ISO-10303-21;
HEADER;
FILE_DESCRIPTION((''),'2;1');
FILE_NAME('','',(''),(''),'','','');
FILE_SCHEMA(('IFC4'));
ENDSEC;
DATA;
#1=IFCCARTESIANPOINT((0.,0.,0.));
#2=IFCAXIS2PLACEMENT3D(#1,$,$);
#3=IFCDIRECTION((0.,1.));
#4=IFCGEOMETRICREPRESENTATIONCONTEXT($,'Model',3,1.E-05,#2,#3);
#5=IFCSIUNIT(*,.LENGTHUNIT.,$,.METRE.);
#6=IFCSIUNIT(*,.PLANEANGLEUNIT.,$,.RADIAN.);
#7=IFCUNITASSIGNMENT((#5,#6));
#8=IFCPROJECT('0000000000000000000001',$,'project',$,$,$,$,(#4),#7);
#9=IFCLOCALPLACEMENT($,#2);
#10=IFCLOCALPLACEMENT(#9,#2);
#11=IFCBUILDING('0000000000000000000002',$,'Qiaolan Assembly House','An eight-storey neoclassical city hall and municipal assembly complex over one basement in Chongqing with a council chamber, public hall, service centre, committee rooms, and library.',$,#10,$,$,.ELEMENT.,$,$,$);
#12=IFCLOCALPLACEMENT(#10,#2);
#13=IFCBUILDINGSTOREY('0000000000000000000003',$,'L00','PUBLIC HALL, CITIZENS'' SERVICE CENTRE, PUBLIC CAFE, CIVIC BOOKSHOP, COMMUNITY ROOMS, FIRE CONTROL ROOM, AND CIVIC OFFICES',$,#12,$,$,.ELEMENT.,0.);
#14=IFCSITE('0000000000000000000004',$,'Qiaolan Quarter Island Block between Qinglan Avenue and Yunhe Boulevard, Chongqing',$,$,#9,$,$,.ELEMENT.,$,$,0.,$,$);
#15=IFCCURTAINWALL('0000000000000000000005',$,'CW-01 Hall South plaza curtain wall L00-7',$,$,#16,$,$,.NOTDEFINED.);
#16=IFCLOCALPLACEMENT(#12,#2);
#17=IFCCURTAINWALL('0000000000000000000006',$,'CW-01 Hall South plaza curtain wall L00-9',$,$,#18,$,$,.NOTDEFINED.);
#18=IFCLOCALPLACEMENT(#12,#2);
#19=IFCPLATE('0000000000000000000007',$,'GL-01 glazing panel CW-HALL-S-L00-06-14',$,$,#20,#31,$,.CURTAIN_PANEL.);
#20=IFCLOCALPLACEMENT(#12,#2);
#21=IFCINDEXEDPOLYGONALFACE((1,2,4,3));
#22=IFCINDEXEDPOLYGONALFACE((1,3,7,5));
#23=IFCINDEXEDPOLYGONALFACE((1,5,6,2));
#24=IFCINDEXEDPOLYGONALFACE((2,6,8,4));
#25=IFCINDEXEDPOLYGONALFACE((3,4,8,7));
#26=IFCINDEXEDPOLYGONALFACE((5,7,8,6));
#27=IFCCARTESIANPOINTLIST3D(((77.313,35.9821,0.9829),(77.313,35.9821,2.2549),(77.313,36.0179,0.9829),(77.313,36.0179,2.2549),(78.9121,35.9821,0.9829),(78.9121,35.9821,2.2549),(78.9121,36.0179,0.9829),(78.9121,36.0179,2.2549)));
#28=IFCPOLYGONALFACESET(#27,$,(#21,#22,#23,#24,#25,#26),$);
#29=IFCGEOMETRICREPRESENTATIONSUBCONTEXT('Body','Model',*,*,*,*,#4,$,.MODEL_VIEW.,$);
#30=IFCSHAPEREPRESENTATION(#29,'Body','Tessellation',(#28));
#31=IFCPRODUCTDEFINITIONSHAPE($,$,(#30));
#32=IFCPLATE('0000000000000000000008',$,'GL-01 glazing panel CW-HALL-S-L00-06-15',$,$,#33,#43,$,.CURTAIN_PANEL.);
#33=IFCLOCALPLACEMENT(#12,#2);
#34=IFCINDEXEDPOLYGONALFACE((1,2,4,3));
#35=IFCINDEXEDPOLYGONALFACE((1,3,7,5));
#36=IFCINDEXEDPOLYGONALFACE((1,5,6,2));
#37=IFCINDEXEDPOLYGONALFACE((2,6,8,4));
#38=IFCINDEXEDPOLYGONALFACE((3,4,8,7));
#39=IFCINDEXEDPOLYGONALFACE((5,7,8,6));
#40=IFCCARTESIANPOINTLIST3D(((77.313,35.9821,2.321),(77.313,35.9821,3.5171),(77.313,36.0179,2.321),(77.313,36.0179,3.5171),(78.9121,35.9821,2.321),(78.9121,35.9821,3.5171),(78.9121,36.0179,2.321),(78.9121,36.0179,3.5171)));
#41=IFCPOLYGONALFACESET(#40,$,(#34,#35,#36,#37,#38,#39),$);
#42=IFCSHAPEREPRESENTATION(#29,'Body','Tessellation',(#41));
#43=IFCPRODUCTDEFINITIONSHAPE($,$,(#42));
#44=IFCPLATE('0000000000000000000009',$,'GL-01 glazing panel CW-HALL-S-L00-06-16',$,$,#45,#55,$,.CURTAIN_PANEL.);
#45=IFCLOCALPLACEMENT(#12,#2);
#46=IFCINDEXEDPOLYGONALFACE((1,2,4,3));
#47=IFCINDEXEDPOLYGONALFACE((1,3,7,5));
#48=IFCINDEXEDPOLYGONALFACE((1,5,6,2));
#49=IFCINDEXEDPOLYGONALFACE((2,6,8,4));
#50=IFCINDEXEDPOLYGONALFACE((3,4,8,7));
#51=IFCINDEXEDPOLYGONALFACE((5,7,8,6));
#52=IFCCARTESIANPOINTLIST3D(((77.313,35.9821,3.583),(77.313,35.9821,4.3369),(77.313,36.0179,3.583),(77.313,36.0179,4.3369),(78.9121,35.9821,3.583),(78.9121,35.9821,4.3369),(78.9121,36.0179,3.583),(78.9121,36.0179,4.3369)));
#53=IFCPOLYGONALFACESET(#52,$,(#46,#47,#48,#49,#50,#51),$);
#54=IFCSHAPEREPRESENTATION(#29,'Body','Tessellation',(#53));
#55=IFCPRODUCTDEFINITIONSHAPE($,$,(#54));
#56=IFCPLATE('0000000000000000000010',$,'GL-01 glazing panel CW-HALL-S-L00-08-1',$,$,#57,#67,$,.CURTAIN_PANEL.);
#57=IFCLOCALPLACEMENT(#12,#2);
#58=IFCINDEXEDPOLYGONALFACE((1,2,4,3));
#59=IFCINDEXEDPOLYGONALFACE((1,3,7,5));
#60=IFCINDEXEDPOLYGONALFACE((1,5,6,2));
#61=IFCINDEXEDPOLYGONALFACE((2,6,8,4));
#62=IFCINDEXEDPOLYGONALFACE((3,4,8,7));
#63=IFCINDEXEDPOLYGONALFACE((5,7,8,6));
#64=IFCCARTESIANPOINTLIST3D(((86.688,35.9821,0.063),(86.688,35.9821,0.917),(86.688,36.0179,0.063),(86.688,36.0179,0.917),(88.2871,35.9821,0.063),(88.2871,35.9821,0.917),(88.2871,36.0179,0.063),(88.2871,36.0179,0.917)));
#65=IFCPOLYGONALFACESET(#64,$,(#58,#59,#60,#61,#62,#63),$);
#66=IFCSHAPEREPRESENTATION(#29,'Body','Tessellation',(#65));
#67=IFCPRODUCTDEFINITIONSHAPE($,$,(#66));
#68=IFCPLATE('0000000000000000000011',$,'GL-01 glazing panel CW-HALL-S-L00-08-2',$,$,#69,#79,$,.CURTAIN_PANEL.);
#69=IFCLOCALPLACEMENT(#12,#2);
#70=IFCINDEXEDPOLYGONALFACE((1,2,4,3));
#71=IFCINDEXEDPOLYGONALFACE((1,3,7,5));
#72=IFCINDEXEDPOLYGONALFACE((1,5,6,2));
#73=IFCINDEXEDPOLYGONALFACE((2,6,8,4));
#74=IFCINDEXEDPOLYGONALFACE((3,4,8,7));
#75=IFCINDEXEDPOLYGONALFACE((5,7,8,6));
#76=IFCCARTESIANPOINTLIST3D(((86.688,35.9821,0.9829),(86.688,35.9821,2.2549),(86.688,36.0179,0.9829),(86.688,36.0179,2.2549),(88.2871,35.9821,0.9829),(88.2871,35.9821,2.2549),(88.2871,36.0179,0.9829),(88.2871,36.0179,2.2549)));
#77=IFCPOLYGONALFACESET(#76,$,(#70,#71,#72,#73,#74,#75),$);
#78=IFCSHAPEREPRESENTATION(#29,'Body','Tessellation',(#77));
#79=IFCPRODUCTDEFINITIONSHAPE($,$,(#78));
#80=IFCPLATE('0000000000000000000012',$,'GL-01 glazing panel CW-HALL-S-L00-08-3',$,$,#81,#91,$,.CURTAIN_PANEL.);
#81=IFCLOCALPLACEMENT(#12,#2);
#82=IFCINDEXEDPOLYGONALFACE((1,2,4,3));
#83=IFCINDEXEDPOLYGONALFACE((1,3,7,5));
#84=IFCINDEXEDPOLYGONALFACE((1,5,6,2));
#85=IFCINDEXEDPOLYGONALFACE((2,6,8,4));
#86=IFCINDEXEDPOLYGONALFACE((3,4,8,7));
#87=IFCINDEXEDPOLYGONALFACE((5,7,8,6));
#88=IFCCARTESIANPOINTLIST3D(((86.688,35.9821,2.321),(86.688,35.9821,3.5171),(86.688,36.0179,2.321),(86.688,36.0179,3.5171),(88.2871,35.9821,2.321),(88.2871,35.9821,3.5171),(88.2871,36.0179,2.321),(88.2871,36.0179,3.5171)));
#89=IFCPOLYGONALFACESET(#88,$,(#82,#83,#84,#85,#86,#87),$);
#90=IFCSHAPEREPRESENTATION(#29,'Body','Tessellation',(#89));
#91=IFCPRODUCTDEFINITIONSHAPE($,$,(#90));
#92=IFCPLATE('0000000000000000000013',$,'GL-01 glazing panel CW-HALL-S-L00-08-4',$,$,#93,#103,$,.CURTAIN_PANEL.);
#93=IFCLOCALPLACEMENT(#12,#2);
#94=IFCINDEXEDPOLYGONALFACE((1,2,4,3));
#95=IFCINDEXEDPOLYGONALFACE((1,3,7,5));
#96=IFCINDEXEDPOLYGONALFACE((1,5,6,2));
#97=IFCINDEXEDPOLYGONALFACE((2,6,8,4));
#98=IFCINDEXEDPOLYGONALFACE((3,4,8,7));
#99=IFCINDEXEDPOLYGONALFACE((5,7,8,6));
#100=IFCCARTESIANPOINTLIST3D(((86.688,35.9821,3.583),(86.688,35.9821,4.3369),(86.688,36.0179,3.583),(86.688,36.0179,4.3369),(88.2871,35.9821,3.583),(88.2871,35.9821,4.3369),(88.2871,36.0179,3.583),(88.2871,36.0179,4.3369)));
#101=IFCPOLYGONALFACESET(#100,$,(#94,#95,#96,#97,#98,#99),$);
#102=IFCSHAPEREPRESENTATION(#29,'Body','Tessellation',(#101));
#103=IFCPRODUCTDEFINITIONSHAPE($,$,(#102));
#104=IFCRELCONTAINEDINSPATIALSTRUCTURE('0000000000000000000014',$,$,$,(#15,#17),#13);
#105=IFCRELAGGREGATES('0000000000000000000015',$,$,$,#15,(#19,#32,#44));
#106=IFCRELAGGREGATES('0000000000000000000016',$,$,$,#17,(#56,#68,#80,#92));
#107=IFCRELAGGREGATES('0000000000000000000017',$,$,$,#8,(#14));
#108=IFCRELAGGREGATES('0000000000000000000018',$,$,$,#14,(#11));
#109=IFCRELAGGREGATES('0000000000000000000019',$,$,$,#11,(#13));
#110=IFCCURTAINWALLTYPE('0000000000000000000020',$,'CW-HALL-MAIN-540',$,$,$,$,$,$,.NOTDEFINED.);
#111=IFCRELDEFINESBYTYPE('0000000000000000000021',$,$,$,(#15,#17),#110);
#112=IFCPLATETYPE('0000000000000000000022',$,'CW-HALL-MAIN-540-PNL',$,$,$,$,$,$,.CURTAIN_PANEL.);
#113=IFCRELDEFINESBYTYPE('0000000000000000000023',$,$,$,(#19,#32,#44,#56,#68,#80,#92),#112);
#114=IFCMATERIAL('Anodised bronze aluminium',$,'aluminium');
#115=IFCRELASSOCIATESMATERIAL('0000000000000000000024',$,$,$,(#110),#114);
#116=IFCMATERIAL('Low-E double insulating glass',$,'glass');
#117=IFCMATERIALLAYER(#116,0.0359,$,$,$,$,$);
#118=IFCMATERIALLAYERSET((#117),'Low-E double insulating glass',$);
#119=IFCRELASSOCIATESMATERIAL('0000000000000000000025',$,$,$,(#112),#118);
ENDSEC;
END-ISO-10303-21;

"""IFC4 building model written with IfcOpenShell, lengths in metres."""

from ifc_helpers import new_model, si_unit, direction, frame, frame_2d, origin, place, context, subcontext, project, spatial, rectangle, extrude, material, layer, layer_set, type_object, element, aggregate, save


model = new_model("IFC4")

# Units and contexts
model_context = context("Model", 3, precision=1e-05, world=origin(), true_north=direction((0.0, 1.0)))
body_context = subcontext(model_context, "Body", "Model", "MODEL_VIEW")
ifc_project = project(units=[si_unit("LENGTHUNIT", "METRE"), si_unit("PLANEANGLEUNIT", "RADIAN")], contexts=[model_context])

# Site, building, storey
site_placement = place(None, origin())
site = spatial("IfcSite", under=ifc_project, at=site_placement, Name="Qiaolan Quarter Island Block between Qinglan Avenue and Yunhe Boulevard, Chongqing", CompositionType="ELEMENT", RefElevation=0.0)
building_placement = place(site_placement, origin())
building = spatial("IfcBuilding", under=site, at=building_placement, Name="Qiaolan Assembly House", Description="An eight-storey neoclassical city hall and municipal assembly complex over one basement in Chongqing with a council chamber, public hall, service centre, committee rooms, and library.", CompositionType="ELEMENT")
storey_placement = place(building_placement, origin())
storey = spatial("IfcBuildingStorey", under=building, at=storey_placement, Name="L00", Description="PUBLIC HALL, CITIZENS' SERVICE CENTRE, PUBLIC CAFE, CIVIC BOOKSHOP, COMMUNITY ROOMS, FIRE CONTROL ROOM, AND CIVIC OFFICES", CompositionType="ELEMENT", Elevation=0.0)

# Curtain wall
ifc_material_1 = material(Name="Anodised bronze aluminium", Category="aluminium")
curtain_wall_type = type_object("IfcCurtainWallType", Name="CW-HALL-MAIN-540", PredefinedType="NOTDEFINED", material=ifc_material_1)
curtain_wall_1_placement = place(storey_placement, origin())
curtain_wall_1 = element("IfcCurtainWall", 1, at=curtain_wall_1_placement, inside=storey, type_object=curtain_wall_type, Name="CW-01 Hall South plaza curtain wall L00-7", PredefinedType="NOTDEFINED")

# Curtain wall
curtain_wall_2_placement = place(storey_placement, origin())
curtain_wall_2 = element("IfcCurtainWall", 2, at=curtain_wall_2_placement, inside=storey, type_object=curtain_wall_type, Name="CW-01 Hall South plaza curtain wall L00-9", PredefinedType="NOTDEFINED")

# Plates
ifc_material_2 = material(Name="Low-E double insulating glass", Category="glass")
ifc_layer_1 = layer(ifc_material_2, 0.0359)
ifc_layer_set_1 = layer_set([ifc_layer_1], Name="Low-E double insulating glass")
plate_type = type_object("IfcPlateType", Name="CW-HALL-MAIN-540-PNL", PredefinedType="CURTAIN_PANEL", material=ifc_layer_set_1)
plate_1_placement = place(storey_placement, frame((77.313, 36.0, 0.9829), z_axis=(0.0, 0.0, 1.0), x_axis=(1.0, 0.0, 0.0)))
plate_1 = element("IfcPlate", 3, at=plate_1_placement, type_object=plate_type, Name="GL-01 glazing panel CW-HALL-S-L00-06-14", PredefinedType="CURTAIN_PANEL", context=body_context, shape_type="SweptSolid", body=[
    extrude(rectangle(XDim=1.5991, YDim=0.0359, at=frame_2d((0.7996, 0.0))), origin(), (0.0, 0.0, 1.0), 1.272),
])
plate_2_placement = place(storey_placement, frame((77.313, 36.0, 2.321), z_axis=(0.0, 0.0, 1.0), x_axis=(1.0, 0.0, 0.0)))
plate_2 = element("IfcPlate", 4, at=plate_2_placement, type_object=plate_type, Name="GL-01 glazing panel CW-HALL-S-L00-06-15", PredefinedType="CURTAIN_PANEL", context=body_context, shape_type="SweptSolid", body=[
    extrude(rectangle(XDim=1.5991, YDim=0.0359, at=frame_2d((0.7996, 0.0))), origin(), (0.0, 0.0, 1.0), 1.196),
])
plate_3_placement = place(storey_placement, frame((77.313, 36.0, 3.583), z_axis=(0.0, 0.0, 1.0), x_axis=(1.0, 0.0, 0.0)))
plate_3 = element("IfcPlate", 5, at=plate_3_placement, type_object=plate_type, Name="GL-01 glazing panel CW-HALL-S-L00-06-16", PredefinedType="CURTAIN_PANEL", context=body_context, shape_type="SweptSolid", body=[
    extrude(rectangle(XDim=1.5991, YDim=0.0359, at=frame_2d((0.7996, 0.0))), origin(), (0.0, 0.0, 1.0), 0.7539),
])
aggregate(curtain_wall_1, [plate_1, plate_2, plate_3])
plate_4_placement = place(storey_placement, frame((86.688, 36.0, 0.063), z_axis=(0.0, 0.0, 1.0), x_axis=(1.0, 0.0, 0.0)))
plate_4 = element("IfcPlate", 6, at=plate_4_placement, type_object=plate_type, Name="GL-01 glazing panel CW-HALL-S-L00-08-1", PredefinedType="CURTAIN_PANEL", context=body_context, shape_type="SweptSolid", body=[
    extrude(rectangle(XDim=1.5991, YDim=0.0359, at=frame_2d((0.7996, 0.0))), origin(), (0.0, 0.0, 1.0), 0.854),
])
plate_5_placement = place(storey_placement, frame((86.688, 36.0, 0.9829), z_axis=(0.0, 0.0, 1.0), x_axis=(1.0, 0.0, 0.0)))
plate_5 = element("IfcPlate", 7, at=plate_5_placement, type_object=plate_type, Name="GL-01 glazing panel CW-HALL-S-L00-08-2", PredefinedType="CURTAIN_PANEL", context=body_context, shape_type="SweptSolid", body=[
    extrude(rectangle(XDim=1.5991, YDim=0.0359, at=frame_2d((0.7996, 0.0))), origin(), (0.0, 0.0, 1.0), 1.272),
])
plate_6_placement = place(storey_placement, frame((86.688, 36.0, 2.321), z_axis=(0.0, 0.0, 1.0), x_axis=(1.0, 0.0, 0.0)))
plate_6 = element("IfcPlate", 8, at=plate_6_placement, type_object=plate_type, Name="GL-01 glazing panel CW-HALL-S-L00-08-3", PredefinedType="CURTAIN_PANEL", context=body_context, shape_type="SweptSolid", body=[
    extrude(rectangle(XDim=1.5991, YDim=0.0359, at=frame_2d((0.7996, 0.0))), origin(), (0.0, 0.0, 1.0), 1.196),
])
plate_7_placement = place(storey_placement, frame((86.688, 36.0, 3.583), z_axis=(0.0, 0.0, 1.0), x_axis=(1.0, 0.0, 0.0)))
plate_7 = element("IfcPlate", 9, at=plate_7_placement, type_object=plate_type, Name="GL-01 glazing panel CW-HALL-S-L00-08-4", PredefinedType="CURTAIN_PANEL", context=body_context, shape_type="SweptSolid", body=[
    extrude(rectangle(XDim=1.5991, YDim=0.0359, at=frame_2d((0.7996, 0.0))), origin(), (0.0, 0.0, 1.0), 0.7539),
])
aggregate(curtain_wall_2, [plate_4, plate_5, plate_6, plate_7])

save(model, "model.ifc")
